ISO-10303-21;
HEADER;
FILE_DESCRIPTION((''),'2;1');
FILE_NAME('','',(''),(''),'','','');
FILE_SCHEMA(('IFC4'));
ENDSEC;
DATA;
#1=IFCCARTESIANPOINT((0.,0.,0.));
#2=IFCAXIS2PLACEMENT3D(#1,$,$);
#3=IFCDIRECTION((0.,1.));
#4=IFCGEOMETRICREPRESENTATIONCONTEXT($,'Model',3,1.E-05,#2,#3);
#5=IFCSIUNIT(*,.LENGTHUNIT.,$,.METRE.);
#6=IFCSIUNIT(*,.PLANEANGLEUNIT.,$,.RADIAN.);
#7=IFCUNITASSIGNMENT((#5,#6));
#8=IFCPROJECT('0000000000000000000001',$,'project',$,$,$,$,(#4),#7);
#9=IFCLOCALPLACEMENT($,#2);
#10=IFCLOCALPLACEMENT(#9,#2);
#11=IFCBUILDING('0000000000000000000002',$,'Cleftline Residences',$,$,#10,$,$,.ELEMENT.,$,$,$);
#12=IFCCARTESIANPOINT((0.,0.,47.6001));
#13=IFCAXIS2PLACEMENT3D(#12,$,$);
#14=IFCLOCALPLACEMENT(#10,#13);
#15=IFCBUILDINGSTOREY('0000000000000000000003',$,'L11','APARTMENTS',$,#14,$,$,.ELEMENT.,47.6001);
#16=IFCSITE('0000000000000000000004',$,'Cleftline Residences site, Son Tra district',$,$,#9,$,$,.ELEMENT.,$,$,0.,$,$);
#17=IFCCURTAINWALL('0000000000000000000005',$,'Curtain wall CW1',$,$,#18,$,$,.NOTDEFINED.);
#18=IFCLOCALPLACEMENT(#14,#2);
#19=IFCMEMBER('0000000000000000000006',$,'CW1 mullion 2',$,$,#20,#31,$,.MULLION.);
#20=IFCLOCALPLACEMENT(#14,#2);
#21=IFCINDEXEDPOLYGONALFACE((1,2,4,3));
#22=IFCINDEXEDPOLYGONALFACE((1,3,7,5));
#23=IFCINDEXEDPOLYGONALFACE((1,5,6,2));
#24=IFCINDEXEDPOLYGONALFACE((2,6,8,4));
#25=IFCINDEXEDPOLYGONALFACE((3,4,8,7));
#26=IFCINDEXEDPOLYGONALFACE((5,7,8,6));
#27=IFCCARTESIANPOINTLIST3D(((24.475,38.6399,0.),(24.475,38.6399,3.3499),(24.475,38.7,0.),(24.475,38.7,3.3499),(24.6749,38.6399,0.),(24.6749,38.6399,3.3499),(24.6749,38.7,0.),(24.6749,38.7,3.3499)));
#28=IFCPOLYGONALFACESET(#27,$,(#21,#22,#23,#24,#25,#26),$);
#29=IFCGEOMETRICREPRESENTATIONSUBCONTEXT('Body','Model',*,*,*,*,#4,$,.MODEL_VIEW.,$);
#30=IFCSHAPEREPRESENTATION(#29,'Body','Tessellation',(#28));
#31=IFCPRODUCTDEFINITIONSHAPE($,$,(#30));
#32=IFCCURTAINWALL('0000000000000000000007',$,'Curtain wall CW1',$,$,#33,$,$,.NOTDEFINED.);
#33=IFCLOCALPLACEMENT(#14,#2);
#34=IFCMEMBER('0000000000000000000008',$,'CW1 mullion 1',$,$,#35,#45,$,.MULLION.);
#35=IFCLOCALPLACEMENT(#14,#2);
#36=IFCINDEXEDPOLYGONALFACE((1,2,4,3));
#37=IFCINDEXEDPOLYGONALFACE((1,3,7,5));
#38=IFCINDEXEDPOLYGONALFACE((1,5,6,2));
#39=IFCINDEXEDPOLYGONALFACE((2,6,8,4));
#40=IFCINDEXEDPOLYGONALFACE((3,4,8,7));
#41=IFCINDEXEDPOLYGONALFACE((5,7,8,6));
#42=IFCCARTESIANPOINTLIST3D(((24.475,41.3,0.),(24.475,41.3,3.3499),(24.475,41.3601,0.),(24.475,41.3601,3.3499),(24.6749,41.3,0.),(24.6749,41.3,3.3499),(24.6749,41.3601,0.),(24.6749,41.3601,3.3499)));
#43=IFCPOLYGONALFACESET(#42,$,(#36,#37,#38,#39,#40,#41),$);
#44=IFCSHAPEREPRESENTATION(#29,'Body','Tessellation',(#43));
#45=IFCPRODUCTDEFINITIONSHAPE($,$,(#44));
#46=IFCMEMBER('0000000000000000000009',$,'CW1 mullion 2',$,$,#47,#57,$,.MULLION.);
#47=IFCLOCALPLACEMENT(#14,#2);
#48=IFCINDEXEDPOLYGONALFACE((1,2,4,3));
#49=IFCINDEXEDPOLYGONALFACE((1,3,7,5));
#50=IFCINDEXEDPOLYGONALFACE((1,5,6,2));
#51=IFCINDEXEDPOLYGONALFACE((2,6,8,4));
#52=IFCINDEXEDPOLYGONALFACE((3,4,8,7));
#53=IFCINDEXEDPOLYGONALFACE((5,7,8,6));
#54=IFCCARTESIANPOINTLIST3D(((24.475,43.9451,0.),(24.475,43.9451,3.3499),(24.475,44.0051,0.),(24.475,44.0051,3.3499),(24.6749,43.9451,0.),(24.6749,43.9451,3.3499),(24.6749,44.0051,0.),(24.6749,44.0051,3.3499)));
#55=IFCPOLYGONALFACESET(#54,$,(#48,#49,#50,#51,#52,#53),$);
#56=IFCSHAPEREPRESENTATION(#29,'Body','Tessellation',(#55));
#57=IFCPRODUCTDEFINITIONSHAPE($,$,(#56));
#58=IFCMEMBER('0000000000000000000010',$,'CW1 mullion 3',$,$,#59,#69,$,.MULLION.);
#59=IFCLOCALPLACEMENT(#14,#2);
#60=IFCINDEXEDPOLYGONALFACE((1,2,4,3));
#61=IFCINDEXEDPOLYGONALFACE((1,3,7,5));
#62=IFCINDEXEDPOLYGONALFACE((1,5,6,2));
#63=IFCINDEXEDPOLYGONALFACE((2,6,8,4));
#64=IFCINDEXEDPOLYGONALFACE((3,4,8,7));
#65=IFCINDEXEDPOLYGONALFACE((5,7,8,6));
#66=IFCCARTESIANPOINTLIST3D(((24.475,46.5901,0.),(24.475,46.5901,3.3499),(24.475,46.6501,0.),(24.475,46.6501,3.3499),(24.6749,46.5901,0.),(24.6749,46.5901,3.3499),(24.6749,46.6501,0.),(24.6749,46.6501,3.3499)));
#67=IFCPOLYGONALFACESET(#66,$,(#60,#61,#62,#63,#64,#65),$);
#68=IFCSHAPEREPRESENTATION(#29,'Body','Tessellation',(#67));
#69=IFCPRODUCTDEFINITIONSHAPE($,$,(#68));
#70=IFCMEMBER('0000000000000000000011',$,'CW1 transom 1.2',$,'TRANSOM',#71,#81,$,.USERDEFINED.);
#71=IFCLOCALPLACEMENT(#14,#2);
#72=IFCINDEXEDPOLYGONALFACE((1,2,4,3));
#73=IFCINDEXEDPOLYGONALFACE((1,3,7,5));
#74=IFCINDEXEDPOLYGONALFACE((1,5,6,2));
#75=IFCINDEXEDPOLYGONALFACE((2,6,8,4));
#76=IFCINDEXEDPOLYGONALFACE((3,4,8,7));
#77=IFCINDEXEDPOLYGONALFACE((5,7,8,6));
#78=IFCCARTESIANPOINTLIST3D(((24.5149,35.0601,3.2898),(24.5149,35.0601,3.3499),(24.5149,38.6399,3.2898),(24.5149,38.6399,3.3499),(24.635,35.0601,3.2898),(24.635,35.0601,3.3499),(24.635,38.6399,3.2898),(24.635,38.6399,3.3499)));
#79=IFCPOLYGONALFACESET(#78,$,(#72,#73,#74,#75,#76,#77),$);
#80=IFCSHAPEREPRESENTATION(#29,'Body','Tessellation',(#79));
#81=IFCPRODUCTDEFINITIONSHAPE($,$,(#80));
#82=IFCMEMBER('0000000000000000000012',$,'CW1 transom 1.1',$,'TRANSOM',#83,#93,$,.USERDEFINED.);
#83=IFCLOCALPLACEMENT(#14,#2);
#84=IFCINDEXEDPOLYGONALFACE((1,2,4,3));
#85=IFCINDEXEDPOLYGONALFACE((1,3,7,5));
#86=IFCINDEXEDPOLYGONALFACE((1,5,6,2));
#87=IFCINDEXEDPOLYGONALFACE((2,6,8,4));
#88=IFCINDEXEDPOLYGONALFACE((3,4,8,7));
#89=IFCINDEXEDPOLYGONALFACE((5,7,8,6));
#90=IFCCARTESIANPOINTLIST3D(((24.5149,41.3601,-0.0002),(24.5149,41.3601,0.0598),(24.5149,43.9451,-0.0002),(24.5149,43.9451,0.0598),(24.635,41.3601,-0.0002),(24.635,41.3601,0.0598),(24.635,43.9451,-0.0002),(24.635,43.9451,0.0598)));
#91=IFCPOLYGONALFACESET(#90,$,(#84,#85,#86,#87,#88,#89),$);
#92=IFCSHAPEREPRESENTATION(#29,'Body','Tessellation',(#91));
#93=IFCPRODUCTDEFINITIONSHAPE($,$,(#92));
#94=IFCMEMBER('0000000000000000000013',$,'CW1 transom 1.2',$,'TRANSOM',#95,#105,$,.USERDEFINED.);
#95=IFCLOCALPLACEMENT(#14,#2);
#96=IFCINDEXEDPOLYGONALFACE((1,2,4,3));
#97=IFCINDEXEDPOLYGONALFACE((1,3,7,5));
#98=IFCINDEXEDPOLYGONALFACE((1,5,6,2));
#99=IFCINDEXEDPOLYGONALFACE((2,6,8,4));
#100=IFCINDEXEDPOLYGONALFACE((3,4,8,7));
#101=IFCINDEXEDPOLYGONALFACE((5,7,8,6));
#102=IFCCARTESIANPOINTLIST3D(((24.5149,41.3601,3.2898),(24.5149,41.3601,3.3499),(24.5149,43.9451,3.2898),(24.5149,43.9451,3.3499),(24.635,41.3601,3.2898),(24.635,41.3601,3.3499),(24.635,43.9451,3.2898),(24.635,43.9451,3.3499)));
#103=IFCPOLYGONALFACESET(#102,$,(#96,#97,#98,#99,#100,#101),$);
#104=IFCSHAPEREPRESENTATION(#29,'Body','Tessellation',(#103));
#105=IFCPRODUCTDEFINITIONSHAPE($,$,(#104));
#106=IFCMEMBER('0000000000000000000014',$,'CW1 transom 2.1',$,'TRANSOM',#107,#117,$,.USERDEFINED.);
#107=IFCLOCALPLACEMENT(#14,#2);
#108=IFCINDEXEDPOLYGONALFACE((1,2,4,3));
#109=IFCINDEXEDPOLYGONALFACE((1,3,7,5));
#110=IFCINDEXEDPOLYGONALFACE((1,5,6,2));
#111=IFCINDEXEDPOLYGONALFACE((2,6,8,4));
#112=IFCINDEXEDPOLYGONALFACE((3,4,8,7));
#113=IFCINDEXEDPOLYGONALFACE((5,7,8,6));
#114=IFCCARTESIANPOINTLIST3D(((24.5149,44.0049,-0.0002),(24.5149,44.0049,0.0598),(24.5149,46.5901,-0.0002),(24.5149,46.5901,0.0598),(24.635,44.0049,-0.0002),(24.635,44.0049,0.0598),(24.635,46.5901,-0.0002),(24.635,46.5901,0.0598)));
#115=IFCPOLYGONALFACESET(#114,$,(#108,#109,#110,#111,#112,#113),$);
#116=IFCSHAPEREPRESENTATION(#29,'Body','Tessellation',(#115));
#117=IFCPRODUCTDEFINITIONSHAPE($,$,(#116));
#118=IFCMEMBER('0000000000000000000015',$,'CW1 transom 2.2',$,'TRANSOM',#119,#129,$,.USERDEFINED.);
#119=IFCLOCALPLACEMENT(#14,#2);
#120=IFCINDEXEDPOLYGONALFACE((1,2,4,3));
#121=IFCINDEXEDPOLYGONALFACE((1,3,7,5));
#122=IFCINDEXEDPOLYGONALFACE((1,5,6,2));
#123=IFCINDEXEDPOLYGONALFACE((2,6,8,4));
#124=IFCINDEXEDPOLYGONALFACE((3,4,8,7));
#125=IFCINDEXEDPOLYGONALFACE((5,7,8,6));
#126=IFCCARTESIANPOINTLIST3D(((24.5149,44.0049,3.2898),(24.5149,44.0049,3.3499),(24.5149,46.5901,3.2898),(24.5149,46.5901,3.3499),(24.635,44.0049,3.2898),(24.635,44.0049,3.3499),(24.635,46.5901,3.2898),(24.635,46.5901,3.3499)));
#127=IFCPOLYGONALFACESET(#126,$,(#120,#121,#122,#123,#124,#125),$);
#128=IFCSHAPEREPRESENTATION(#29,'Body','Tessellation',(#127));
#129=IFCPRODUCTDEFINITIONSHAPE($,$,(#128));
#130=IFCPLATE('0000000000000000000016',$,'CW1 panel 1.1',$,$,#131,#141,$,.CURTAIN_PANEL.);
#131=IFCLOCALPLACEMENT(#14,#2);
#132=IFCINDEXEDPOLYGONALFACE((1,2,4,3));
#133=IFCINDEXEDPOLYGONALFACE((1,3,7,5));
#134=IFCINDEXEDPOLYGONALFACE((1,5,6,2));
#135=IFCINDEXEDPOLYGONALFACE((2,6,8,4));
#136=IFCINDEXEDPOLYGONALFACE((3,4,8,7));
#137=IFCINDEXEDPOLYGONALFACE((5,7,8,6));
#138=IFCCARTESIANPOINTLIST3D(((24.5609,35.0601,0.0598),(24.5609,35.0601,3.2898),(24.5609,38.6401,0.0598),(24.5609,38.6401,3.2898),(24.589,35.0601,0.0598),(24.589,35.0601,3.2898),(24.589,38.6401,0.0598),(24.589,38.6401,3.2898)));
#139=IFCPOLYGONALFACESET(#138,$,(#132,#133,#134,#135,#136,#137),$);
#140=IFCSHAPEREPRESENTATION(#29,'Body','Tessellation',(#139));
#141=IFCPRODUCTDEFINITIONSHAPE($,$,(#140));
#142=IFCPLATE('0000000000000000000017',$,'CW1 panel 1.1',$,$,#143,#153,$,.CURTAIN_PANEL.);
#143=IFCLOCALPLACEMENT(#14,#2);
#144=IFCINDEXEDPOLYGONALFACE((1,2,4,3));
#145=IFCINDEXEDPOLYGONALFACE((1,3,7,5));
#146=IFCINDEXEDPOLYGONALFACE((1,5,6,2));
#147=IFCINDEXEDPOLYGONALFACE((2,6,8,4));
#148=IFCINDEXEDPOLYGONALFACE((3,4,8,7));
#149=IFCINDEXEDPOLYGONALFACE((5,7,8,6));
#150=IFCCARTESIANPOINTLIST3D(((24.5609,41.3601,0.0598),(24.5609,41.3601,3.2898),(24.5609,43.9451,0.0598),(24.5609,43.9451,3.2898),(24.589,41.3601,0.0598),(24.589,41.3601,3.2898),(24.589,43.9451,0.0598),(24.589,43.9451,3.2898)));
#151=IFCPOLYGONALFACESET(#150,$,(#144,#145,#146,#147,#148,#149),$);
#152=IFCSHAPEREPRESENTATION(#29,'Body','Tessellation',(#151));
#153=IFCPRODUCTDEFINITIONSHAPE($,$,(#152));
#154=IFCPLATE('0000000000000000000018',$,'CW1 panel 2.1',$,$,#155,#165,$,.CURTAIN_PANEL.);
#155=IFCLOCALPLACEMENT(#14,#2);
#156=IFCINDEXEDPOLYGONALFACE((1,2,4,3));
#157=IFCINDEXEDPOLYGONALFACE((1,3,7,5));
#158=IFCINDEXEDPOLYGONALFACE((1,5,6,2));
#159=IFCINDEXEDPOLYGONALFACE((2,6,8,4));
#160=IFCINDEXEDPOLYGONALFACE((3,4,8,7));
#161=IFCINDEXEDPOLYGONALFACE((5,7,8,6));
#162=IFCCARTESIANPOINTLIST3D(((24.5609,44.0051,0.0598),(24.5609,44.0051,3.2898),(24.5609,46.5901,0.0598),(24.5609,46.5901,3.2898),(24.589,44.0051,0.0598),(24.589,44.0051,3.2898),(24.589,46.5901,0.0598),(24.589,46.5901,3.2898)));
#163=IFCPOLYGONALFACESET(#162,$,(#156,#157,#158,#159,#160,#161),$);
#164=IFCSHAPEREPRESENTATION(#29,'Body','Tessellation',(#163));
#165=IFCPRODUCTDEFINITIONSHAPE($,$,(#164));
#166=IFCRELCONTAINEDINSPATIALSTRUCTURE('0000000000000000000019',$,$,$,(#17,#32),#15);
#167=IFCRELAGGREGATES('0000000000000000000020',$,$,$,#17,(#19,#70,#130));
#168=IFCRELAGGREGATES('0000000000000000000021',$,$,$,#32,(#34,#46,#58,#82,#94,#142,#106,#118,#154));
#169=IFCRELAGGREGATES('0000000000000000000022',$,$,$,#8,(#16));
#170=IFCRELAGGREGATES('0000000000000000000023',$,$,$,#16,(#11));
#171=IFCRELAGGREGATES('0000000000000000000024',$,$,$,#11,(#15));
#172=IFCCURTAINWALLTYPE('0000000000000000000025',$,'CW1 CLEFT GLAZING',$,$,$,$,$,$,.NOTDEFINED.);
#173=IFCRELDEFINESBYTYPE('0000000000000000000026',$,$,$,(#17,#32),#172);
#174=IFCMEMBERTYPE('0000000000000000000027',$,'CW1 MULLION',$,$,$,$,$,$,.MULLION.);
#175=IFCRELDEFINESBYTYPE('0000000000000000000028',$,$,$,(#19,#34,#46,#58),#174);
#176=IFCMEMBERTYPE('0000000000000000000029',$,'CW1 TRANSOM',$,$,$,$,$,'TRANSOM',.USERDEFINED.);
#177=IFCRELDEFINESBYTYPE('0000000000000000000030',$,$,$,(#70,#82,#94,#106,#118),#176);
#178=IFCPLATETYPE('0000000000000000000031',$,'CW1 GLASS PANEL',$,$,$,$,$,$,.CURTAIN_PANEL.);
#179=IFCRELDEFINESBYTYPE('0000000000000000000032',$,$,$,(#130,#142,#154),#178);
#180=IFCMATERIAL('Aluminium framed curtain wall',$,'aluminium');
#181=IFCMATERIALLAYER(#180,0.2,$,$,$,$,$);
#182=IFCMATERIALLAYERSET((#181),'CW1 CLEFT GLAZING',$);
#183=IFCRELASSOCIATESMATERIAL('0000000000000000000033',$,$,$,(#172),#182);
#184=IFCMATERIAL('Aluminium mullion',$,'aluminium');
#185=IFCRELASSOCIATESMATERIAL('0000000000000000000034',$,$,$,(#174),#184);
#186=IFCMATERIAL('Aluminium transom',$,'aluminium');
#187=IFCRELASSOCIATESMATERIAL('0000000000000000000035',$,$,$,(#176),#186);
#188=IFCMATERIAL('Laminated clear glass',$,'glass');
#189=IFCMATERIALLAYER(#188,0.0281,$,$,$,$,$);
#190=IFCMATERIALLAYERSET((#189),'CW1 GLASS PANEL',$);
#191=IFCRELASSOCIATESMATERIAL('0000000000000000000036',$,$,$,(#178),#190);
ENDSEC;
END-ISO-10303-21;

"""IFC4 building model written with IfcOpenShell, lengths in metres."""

from ifc_helpers import new_model, si_unit, direction, frame, origin, origin_2d, place, context, subcontext, project, spatial, rectangle, extrude, material, layer, layer_set, material_profile, profile_set, type_object, element, aggregate, save


model = new_model("IFC4")

# Units and contexts
model_context = context("Model", 3, precision=1e-05, world=origin(), true_north=direction((0.0, 1.0)))
body_context = subcontext(model_context, "Body", "Model", "MODEL_VIEW")
ifc_project = project(units=[si_unit("LENGTHUNIT", "METRE"), si_unit("PLANEANGLEUNIT", "RADIAN")], contexts=[model_context])

# Site, building, storey
site_placement = place(None, origin())
site = spatial("IfcSite", under=ifc_project, at=site_placement, Name="Cleftline Residences site, Son Tra district", CompositionType="ELEMENT", RefElevation=0.0)
building_placement = place(site_placement, origin())
building = spatial("IfcBuilding", under=site, at=building_placement, Name="Cleftline Residences", CompositionType="ELEMENT")
storey_placement = place(building_placement, frame((0.0, 0.0, 47.6001)))
storey = spatial("IfcBuildingStorey", under=building, at=storey_placement, Name="L11", Description="APARTMENTS", CompositionType="ELEMENT", Elevation=47.6001)

# Curtain wall, member
ifc_material_1 = material(Name="Aluminium framed curtain wall", Category="aluminium")
ifc_layer_1 = layer(ifc_material_1, 0.2)
ifc_layer_set_1 = layer_set([ifc_layer_1], Name="CW1 CLEFT GLAZING")
curtain_wall_type = type_object("IfcCurtainWallType", Name="CW1 CLEFT GLAZING", PredefinedType="NOTDEFINED", material=ifc_layer_set_1)
curtain_wall_1_placement = place(storey_placement, origin())
curtain_wall_1 = element("IfcCurtainWall", 1, at=curtain_wall_1_placement, inside=storey, type_object=curtain_wall_type, Name="Curtain wall CW1", PredefinedType="NOTDEFINED")
ifc_material_2 = material(Name="Aluminium mullion", Category="aluminium")
ifc_material_profile_1 = material_profile(ifc_material_2, rectangle(XDim=0.2, YDim=0.0601, at=origin_2d()))
ifc_profile_set_1 = profile_set([ifc_material_profile_1], Name="Aluminium mullion")
member_type_1 = type_object("IfcMemberType", Name="CW1 MULLION", PredefinedType="MULLION", material=ifc_profile_set_1)
member_1_placement = place(storey_placement, frame((24.575, 38.6699, 0.0), z_axis=(0.0, 0.0, 1.0), x_axis=(-1.0, 0.0, 0.0)))
member_1 = element("IfcMember", 2, at=member_1_placement, type_object=member_type_1, Name="CW1 mullion 2", PredefinedType="MULLION", context=body_context, shape_type="SweptSolid", body=[
    extrude(rectangle(XDim=0.2, YDim=0.0601, at=origin_2d()), origin(), (0.0, 0.0, 1.0), 3.3499),
])

# Curtain wall, members
curtain_wall_2_placement = place(storey_placement, origin())
curtain_wall_2 = element("IfcCurtainWall", 3, at=curtain_wall_2_placement, inside=storey, type_object=curtain_wall_type, Name="Curtain wall CW1", PredefinedType="NOTDEFINED")
member_2_placement = place(storey_placement, frame((24.575, 41.3301, 0.0), z_axis=(0.0, 0.0, 1.0), x_axis=(-1.0, 0.0, 0.0)))
member_2 = element("IfcMember", 4, at=member_2_placement, type_object=member_type_1, Name="CW1 mullion 1", PredefinedType="MULLION", context=body_context, shape_type="SweptSolid", body=[
    extrude(rectangle(XDim=0.2, YDim=0.0601, at=origin_2d()), origin(), (0.0, 0.0, 1.0), 3.3499),
])
member_3_placement = place(storey_placement, frame((24.575, 43.9751, 0.0), z_axis=(0.0, 0.0, 1.0), x_axis=(-1.0, 0.0, 0.0)))
member_3 = element("IfcMember", 5, at=member_3_placement, type_object=member_type_1, Name="CW1 mullion 2", PredefinedType="MULLION", context=body_context, shape_type="SweptSolid", body=[
    extrude(rectangle(XDim=0.2, YDim=0.0601, at=origin_2d()), origin(), (0.0, 0.0, 1.0), 3.3499),
])
member_4_placement = place(storey_placement, frame((24.575, 46.6201, 0.0), z_axis=(0.0, 0.0, 1.0), x_axis=(-1.0, 0.0, 0.0)))
member_4 = element("IfcMember", 6, at=member_4_placement, type_object=member_type_1, Name="CW1 mullion 3", PredefinedType="MULLION", context=body_context, shape_type="SweptSolid", body=[
    extrude(rectangle(XDim=0.2, YDim=0.0601, at=origin_2d()), origin(), (0.0, 0.0, 1.0), 3.3499),
])

# Members
ifc_material_3 = material(Name="Aluminium transom", Category="aluminium")
ifc_material_profile_2 = material_profile(ifc_material_3, rectangle(XDim=0.1201, YDim=0.0601, at=origin_2d()))
ifc_profile_set_2 = profile_set([ifc_material_profile_2], Name="Aluminium transom")
member_type_2 = type_object("IfcMemberType", Name="CW1 TRANSOM", ElementType="TRANSOM", PredefinedType="USERDEFINED", material=ifc_profile_set_2)
member_5_placement = place(storey_placement, frame((24.575, 35.0601, 3.3198), z_axis=(0.0, 1.0, 0.0), x_axis=(-1.0, 0.0, 0.0)))
member_5 = element("IfcMember", 7, at=member_5_placement, type_object=member_type_2, Name="CW1 transom 1.2", ObjectType="TRANSOM", PredefinedType="USERDEFINED", context=body_context, shape_type="SweptSolid", body=[
    extrude(rectangle(XDim=0.1201, YDim=0.0601, at=origin_2d()), origin(), (0.0, 0.0, 1.0), 3.5798),
])
member_6_placement = place(storey_placement, frame((24.575, 41.3601, 0.0298), z_axis=(0.0, 1.0, 0.0), x_axis=(-1.0, 0.0, 0.0)))
member_6 = element("IfcMember", 8, at=member_6_placement, type_object=member_type_2, Name="CW1 transom 1.1", ObjectType="TRANSOM", PredefinedType="USERDEFINED", context=body_context, shape_type="SweptSolid", body=[
    extrude(rectangle(XDim=0.1201, YDim=0.0601, at=origin_2d()), origin(), (0.0, 0.0, 1.0), 2.585),
])
member_7_placement = place(storey_placement, frame((24.575, 41.3601, 3.3198), z_axis=(0.0, 1.0, 0.0), x_axis=(-1.0, 0.0, 0.0)))
member_7 = element("IfcMember", 9, at=member_7_placement, type_object=member_type_2, Name="CW1 transom 1.2", ObjectType="TRANSOM", PredefinedType="USERDEFINED", context=body_context, shape_type="SweptSolid", body=[
    extrude(rectangle(XDim=0.1201, YDim=0.0601, at=origin_2d()), origin(), (0.0, 0.0, 1.0), 2.585),
])
member_8_placement = place(storey_placement, frame((24.575, 44.0049, 0.0298), z_axis=(0.0, 1.0, 0.0), x_axis=(-1.0, 0.0, 0.0)))
member_8 = element("IfcMember", 10, at=member_8_placement, type_object=member_type_2, Name="CW1 transom 2.1", ObjectType="TRANSOM", PredefinedType="USERDEFINED", context=body_context, shape_type="SweptSolid", body=[
    extrude(rectangle(XDim=0.1201, YDim=0.0601, at=origin_2d()), origin(), (0.0, 0.0, 1.0), 2.5852),
])
member_9_placement = place(storey_placement, frame((24.575, 44.0049, 3.3198), z_axis=(0.0, 1.0, 0.0), x_axis=(-1.0, 0.0, 0.0)))
member_9 = element("IfcMember", 11, at=member_9_placement, type_object=member_type_2, Name="CW1 transom 2.2", ObjectType="TRANSOM", PredefinedType="USERDEFINED", context=body_context, shape_type="SweptSolid", body=[
    extrude(rectangle(XDim=0.1201, YDim=0.0601, at=origin_2d()), origin(), (0.0, 0.0, 1.0), 2.5852),
])

# Plates
ifc_material_4 = material(Name="Laminated clear glass", Category="glass")
ifc_layer_2 = layer(ifc_material_4, 0.0281)
ifc_layer_set_2 = layer_set([ifc_layer_2], Name="CW1 GLASS PANEL")
plate_type = type_object("IfcPlateType", Name="CW1 GLASS PANEL", PredefinedType="CURTAIN_PANEL", material=ifc_layer_set_2)
plate_1_placement = place(storey_placement, frame((24.575, 36.8501, 0.0598), z_axis=(0.0, 0.0, 1.0), x_axis=(0.0, 1.0, 0.0)))
plate_1 = element("IfcPlate", 12, at=plate_1_placement, type_object=plate_type, Name="CW1 panel 1.1", PredefinedType="CURTAIN_PANEL", context=body_context, shape_type="SweptSolid", body=[
    extrude(rectangle(XDim=3.5801, YDim=0.0281, at=origin_2d()), origin(), (0.0, 0.0, 1.0), 3.23),
])
aggregate(curtain_wall_1, [member_1, member_5, plate_1])
plate_2_placement = place(storey_placement, frame((24.575, 42.6526, 0.0598), z_axis=(0.0, 0.0, 1.0), x_axis=(0.0, 1.0, 0.0)))
plate_2 = element("IfcPlate", 13, at=plate_2_placement, type_object=plate_type, Name="CW1 panel 1.1", PredefinedType="CURTAIN_PANEL", context=body_context, shape_type="SweptSolid", body=[
    extrude(rectangle(XDim=2.585, YDim=0.0281, at=origin_2d()), origin(), (0.0, 0.0, 1.0), 3.23),
])
plate_3_placement = place(storey_placement, frame((24.575, 45.2976, 0.0598), z_axis=(0.0, 0.0, 1.0), x_axis=(0.0, 1.0, 0.0)))
plate_3 = element("IfcPlate", 14, at=plate_3_placement, type_object=plate_type, Name="CW1 panel 2.1", PredefinedType="CURTAIN_PANEL", context=body_context, shape_type="SweptSolid", body=[
    extrude(rectangle(XDim=2.585, YDim=0.0281, at=origin_2d()), origin(), (0.0, 0.0, 1.0), 3.23),
])
aggregate(curtain_wall_2, [member_2, member_3, member_4, member_6, member_7, plate_2, member_8, member_9, plate_3])

save(model, "model.ifc")
